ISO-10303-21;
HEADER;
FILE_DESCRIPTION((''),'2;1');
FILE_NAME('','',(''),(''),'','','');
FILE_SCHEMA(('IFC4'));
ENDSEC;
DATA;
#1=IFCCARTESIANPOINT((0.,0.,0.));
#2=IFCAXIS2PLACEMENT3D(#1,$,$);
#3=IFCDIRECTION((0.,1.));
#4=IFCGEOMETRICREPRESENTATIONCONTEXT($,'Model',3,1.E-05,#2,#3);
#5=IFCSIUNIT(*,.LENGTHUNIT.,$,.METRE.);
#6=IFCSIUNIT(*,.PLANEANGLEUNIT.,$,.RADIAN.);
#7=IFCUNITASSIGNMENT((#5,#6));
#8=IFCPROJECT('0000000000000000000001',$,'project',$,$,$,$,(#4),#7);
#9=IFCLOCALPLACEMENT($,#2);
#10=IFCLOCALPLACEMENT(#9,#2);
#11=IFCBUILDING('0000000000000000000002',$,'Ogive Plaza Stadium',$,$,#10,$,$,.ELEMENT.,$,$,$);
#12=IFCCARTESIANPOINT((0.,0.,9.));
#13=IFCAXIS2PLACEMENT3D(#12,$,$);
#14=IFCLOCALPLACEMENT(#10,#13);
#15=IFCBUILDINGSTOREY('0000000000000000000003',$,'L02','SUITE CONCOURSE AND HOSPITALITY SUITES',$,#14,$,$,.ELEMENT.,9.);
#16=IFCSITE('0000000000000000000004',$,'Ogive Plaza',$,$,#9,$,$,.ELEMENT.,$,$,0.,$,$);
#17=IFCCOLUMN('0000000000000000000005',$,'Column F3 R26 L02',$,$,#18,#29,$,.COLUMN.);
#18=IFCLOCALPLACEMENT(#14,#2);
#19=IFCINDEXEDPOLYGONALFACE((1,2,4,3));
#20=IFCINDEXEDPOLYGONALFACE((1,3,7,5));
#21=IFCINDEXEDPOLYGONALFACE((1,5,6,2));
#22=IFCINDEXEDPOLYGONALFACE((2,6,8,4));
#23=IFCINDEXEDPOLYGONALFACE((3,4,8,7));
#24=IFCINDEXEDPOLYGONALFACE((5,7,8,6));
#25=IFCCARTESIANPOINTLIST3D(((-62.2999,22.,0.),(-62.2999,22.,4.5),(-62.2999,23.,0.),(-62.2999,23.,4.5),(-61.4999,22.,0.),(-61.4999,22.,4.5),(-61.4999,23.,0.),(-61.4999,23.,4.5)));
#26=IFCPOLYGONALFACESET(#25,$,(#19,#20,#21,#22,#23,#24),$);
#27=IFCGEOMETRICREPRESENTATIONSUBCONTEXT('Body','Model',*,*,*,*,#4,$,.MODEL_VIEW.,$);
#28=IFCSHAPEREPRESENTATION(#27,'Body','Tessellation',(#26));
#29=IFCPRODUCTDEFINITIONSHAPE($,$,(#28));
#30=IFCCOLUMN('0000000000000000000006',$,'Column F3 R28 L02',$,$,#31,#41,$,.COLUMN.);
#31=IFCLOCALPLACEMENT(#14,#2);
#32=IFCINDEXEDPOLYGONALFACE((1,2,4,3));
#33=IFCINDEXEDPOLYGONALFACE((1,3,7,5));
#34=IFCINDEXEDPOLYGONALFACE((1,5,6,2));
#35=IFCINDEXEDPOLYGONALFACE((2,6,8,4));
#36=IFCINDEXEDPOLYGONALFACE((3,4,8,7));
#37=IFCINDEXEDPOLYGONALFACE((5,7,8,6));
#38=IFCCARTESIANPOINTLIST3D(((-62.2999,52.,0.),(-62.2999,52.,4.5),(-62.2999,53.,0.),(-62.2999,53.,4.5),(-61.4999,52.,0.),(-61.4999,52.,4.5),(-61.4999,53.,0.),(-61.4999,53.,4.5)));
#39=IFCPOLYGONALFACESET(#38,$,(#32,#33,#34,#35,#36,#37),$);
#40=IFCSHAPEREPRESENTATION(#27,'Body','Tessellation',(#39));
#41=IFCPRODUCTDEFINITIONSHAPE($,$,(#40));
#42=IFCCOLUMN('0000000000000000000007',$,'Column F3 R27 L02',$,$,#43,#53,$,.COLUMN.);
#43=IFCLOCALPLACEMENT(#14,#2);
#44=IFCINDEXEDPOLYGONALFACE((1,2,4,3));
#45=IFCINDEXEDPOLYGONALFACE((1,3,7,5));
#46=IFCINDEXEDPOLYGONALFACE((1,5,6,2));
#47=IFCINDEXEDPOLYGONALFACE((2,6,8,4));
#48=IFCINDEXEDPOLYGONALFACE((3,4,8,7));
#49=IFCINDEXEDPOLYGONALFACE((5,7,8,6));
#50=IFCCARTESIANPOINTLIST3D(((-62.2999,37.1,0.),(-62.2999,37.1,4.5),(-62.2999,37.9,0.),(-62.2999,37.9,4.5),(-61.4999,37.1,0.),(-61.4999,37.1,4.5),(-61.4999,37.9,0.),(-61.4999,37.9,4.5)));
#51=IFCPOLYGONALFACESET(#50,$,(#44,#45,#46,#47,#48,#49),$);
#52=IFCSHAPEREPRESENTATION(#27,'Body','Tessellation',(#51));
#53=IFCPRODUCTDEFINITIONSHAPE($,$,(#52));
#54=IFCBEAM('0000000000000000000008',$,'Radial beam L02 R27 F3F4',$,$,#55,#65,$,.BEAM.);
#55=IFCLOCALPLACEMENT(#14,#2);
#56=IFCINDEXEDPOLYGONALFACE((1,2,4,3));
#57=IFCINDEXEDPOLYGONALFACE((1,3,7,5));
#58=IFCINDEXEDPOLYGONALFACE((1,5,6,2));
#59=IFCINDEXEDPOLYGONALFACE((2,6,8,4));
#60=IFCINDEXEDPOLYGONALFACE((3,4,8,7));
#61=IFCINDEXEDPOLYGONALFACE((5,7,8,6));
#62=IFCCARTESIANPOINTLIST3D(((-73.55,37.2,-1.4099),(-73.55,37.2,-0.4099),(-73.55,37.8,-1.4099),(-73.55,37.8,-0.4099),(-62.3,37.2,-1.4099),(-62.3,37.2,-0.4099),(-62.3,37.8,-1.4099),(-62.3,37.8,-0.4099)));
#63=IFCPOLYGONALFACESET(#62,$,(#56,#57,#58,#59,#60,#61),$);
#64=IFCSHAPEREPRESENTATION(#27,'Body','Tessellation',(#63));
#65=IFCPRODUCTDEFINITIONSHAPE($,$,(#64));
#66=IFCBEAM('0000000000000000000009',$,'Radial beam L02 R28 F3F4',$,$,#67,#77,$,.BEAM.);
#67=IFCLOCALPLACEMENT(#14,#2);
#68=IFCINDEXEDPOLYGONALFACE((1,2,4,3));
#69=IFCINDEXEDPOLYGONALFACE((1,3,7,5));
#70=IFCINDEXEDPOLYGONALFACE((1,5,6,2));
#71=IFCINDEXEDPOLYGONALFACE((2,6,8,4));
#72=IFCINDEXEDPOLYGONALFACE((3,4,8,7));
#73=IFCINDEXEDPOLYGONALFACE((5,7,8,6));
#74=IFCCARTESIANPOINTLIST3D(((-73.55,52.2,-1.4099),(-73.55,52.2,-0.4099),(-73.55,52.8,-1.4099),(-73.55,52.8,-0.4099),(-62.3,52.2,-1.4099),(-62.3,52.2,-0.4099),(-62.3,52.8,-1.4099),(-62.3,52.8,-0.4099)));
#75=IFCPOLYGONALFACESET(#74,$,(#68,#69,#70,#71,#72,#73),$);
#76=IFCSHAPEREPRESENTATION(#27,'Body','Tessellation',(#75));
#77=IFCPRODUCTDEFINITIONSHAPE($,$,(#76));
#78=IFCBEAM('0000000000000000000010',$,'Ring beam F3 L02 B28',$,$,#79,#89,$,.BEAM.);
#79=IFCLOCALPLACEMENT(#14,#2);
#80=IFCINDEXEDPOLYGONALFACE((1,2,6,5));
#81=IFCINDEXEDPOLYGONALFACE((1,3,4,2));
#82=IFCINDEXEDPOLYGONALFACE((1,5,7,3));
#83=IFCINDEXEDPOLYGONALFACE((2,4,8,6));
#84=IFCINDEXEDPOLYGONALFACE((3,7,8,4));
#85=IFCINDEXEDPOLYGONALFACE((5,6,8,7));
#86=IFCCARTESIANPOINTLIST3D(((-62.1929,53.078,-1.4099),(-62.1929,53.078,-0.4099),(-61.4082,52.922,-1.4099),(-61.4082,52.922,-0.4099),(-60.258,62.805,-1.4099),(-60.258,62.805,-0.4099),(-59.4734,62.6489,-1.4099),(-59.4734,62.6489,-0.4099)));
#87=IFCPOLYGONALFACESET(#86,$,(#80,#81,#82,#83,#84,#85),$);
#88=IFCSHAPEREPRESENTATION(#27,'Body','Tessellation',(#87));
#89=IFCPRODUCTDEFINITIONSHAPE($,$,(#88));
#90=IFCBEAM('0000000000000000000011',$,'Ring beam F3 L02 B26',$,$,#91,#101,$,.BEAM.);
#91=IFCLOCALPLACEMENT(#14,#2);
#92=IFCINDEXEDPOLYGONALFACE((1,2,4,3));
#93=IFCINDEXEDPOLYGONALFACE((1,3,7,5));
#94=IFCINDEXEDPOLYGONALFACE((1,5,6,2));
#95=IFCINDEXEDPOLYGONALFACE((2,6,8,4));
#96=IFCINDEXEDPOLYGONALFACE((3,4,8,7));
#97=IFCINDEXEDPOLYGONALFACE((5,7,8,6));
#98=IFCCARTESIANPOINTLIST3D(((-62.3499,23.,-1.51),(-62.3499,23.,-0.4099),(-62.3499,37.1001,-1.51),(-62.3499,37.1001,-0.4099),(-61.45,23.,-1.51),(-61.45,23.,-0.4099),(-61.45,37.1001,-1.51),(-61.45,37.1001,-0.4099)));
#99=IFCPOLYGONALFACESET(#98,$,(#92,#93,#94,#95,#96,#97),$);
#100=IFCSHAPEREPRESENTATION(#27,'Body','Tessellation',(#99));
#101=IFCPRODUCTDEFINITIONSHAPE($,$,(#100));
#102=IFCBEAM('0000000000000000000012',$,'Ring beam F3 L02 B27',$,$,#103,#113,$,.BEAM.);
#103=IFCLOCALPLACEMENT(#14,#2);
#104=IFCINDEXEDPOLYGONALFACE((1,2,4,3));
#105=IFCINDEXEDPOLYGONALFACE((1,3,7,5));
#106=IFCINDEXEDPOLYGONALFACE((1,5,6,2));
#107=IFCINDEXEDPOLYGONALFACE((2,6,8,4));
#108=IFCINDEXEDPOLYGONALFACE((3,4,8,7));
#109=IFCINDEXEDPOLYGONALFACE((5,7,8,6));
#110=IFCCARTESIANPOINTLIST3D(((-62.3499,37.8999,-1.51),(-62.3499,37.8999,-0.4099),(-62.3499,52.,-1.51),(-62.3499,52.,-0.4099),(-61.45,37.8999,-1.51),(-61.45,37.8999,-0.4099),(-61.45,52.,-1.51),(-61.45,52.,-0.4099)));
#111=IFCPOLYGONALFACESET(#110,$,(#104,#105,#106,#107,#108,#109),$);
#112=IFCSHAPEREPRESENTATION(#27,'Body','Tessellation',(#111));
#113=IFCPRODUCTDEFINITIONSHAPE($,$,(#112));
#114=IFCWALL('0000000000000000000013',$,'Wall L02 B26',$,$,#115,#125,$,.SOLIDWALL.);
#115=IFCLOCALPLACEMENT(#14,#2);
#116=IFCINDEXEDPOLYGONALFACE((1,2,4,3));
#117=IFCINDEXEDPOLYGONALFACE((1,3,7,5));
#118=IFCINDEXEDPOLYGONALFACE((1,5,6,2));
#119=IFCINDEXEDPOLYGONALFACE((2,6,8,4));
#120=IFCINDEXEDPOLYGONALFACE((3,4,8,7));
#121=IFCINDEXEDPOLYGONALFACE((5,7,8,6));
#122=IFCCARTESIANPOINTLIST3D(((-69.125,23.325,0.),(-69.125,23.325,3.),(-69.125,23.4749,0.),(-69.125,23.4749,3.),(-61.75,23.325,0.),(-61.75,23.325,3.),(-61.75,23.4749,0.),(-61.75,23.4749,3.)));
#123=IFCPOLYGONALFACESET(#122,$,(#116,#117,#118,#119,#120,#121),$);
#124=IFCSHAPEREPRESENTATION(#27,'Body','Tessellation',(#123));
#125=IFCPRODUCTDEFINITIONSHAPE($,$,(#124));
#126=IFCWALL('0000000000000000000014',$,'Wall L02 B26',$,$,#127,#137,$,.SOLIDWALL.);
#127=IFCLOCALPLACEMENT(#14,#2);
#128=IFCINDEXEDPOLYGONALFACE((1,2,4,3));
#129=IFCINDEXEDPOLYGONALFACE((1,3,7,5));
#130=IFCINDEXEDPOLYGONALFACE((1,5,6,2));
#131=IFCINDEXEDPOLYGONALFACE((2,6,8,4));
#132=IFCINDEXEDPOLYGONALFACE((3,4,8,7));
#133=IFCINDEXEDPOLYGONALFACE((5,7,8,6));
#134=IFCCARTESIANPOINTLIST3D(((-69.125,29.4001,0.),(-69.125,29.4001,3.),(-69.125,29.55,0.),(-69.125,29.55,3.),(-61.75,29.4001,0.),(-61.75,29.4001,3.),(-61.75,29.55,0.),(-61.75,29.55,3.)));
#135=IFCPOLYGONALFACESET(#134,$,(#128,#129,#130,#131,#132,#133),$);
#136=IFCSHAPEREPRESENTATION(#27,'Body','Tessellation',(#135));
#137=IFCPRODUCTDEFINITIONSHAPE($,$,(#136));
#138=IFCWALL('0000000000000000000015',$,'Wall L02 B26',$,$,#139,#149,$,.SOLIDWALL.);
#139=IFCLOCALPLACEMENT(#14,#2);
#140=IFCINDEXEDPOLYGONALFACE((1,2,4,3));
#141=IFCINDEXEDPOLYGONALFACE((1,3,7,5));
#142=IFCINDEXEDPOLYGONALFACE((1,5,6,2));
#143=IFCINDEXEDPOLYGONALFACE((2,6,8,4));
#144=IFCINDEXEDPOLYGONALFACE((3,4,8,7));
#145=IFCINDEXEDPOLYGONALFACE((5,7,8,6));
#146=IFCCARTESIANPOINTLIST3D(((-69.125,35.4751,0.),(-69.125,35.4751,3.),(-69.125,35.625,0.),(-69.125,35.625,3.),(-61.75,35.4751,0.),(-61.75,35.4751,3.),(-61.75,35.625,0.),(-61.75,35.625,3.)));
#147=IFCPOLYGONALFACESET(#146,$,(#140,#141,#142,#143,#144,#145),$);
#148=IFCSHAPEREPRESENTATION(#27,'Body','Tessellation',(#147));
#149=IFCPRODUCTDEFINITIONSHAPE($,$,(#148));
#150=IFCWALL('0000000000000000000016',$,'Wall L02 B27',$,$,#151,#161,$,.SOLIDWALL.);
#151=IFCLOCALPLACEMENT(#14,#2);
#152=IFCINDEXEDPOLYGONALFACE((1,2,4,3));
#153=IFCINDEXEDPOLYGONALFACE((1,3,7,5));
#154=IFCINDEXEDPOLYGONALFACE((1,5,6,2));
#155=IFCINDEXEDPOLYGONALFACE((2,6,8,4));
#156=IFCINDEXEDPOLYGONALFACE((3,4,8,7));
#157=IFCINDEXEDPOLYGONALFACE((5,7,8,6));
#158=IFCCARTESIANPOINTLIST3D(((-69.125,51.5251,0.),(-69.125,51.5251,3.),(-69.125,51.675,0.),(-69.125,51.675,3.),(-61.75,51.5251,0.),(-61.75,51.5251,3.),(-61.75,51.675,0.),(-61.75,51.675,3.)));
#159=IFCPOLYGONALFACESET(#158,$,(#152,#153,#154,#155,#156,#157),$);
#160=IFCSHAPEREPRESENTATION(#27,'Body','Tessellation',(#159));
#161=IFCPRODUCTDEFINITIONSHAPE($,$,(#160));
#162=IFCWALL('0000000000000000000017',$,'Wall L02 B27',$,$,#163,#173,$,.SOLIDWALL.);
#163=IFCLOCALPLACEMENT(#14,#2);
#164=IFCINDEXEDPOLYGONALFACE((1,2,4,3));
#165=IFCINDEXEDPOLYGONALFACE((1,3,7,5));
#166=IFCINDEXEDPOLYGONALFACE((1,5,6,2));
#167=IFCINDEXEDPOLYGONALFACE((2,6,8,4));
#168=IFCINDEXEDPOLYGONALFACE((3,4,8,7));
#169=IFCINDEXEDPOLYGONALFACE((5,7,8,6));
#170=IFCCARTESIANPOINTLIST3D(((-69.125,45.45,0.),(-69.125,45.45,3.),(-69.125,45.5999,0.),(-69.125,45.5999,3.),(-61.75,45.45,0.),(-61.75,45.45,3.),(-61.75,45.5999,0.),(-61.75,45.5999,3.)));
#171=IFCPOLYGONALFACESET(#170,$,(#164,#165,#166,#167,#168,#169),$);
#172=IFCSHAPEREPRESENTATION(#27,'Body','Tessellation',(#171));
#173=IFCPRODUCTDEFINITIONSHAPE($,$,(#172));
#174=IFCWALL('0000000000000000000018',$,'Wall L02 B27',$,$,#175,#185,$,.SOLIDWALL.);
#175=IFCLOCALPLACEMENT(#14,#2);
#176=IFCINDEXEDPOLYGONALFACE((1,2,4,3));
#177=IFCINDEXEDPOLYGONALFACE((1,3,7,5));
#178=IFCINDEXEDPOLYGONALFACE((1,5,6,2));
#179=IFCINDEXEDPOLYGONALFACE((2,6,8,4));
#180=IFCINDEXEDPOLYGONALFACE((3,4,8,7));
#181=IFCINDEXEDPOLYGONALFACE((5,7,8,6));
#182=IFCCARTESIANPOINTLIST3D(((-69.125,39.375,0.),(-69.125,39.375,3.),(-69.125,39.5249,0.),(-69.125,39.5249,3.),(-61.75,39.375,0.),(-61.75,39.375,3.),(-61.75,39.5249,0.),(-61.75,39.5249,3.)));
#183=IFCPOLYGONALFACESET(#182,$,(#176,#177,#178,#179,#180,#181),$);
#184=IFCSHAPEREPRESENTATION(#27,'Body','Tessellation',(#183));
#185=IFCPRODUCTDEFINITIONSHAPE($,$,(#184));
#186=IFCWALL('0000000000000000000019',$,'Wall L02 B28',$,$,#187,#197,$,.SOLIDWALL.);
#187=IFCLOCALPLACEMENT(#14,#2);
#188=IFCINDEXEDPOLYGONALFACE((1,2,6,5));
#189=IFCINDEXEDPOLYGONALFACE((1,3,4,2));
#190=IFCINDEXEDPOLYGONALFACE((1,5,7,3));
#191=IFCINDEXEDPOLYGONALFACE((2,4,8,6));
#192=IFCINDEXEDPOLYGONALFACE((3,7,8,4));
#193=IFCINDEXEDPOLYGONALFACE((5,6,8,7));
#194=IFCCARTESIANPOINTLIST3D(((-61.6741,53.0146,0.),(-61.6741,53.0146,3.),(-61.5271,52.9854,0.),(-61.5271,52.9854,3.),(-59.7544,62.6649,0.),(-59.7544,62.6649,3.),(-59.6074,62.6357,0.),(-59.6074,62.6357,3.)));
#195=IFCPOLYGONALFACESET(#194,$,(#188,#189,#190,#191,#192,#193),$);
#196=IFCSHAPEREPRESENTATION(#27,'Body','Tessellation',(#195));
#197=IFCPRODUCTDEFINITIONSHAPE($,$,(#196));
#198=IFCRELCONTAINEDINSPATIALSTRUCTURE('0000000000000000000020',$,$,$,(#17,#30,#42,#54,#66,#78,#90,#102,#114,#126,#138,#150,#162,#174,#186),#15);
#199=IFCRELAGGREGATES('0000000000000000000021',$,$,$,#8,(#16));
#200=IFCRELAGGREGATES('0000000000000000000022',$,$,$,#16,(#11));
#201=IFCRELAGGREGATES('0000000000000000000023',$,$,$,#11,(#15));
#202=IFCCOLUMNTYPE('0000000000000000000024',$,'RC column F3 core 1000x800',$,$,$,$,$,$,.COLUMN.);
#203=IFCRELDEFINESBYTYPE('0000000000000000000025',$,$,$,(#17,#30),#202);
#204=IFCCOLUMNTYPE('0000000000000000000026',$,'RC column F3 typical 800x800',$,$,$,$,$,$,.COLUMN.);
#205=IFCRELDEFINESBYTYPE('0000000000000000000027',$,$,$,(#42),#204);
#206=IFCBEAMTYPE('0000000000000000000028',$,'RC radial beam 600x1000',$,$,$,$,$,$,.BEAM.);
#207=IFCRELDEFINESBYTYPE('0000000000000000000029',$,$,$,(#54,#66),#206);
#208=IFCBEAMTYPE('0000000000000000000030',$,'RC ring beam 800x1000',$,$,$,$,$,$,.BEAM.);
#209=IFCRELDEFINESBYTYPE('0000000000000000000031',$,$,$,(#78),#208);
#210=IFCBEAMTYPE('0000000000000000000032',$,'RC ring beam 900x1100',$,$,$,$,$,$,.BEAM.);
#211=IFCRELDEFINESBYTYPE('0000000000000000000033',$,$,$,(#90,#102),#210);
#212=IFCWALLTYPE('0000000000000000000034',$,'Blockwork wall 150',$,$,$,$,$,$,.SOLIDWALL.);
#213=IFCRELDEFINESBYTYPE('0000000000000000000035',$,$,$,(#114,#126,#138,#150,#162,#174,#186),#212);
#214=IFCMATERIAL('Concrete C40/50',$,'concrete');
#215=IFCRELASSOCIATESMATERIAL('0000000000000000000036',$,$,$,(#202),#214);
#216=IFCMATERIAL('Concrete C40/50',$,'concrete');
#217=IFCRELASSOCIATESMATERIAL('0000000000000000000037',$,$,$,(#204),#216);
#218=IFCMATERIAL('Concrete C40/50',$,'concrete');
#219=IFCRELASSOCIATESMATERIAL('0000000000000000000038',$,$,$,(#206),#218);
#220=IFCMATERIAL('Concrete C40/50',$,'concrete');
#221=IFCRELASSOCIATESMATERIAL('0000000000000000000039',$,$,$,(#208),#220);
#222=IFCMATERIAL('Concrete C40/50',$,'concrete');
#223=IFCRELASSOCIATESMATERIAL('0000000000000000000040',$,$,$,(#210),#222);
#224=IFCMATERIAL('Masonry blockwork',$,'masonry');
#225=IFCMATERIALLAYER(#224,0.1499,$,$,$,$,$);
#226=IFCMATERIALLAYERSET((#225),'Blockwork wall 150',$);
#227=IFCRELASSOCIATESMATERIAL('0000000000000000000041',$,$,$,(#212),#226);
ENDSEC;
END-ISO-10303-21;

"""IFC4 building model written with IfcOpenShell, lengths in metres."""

from ifc_helpers import new_model, si_unit, direction, frame, frame_2d, origin, origin_2d, place, context, subcontext, project, spatial, rectangle, extrude, material, layer, layer_set, material_profile, profile_set, type_object, element, save


model = new_model("IFC4")

# Units and contexts
model_context = context("Model", 3, precision=1e-05, world=origin(), true_north=direction((0.0, 1.0)))
body_context = subcontext(model_context, "Body", "Model", "MODEL_VIEW")
ifc_project = project(units=[si_unit("LENGTHUNIT", "METRE"), si_unit("PLANEANGLEUNIT", "RADIAN")], contexts=[model_context])

# Site, building, storey
site_placement = place(None, origin())
site = spatial("IfcSite", under=ifc_project, at=site_placement, Name="Ogive Plaza", CompositionType="ELEMENT", RefElevation=0.0)
building_placement = place(site_placement, origin())
building = spatial("IfcBuilding", under=site, at=building_placement, Name="Ogive Plaza Stadium", CompositionType="ELEMENT")
storey_placement = place(building_placement, frame((0.0, 0.0, 9.0)))
storey = spatial("IfcBuildingStorey", under=building, at=storey_placement, Name="L02", Description="SUITE CONCOURSE AND HOSPITALITY SUITES", CompositionType="ELEMENT", Elevation=9.0)

# Columns
ifc_material_1 = material(Name="Concrete C40/50", Category="concrete")
ifc_material_profile_1 = material_profile(ifc_material_1, rectangle(XDim=1.0, YDim=0.8, at=origin_2d()), Name="RC 1000x800")
ifc_profile_set_1 = profile_set([ifc_material_profile_1], Name="Concrete C40/50")
column_type_1 = type_object("IfcColumnType", Name="RC column F3 core 1000x800", PredefinedType="COLUMN", material=ifc_profile_set_1)
for number, where, z_axis, x_axis, name in (
    (1, (-61.8999, 22.5, 0.0), (0.0, 0.0, 1.0), (0.0, -1.0, 0.0), "Column F3 R26 L02"),
    (2, (-61.8999, 52.5, 0.0), (0.0, 0.0, 1.0), (0.0, -1.0, 0.0), "Column F3 R28 L02"),
):
    element("IfcColumn", number, at=place(storey_placement, frame(where, z_axis=z_axis, x_axis=x_axis)), inside=storey, type_object=column_type_1, Name=name, PredefinedType="COLUMN", context=body_context, shape_type="SweptSolid", body=[
        extrude(rectangle(XDim=1.0, YDim=0.8, at=origin_2d()), origin(), (0.0, 0.0, 1.0), 4.5),
    ])
ifc_material_2 = material(Name="Concrete C40/50", Category="concrete")
ifc_material_profile_2 = material_profile(ifc_material_2, rectangle(XDim=0.8, YDim=0.8, at=origin_2d()), Name="RC 800x800")
ifc_profile_set_2 = profile_set([ifc_material_profile_2], Name="Concrete C40/50")
column_type_2 = type_object("IfcColumnType", Name="RC column F3 typical 800x800", PredefinedType="COLUMN", material=ifc_profile_set_2)
column_placement = place(storey_placement, frame((-61.8999, 37.5, 0.0), z_axis=(0.0, 0.0, 1.0), x_axis=(0.0, -1.0, 0.0)))
element("IfcColumn", 3, at=column_placement, inside=storey, type_object=column_type_2, Name="Column F3 R27 L02", PredefinedType="COLUMN", context=body_context, shape_type="SweptSolid", body=[
    extrude(rectangle(XDim=0.8, YDim=0.8, at=origin_2d()), origin(), (0.0, 0.0, 1.0), 4.5),
])

# Beams
ifc_material_3 = material(Name="Concrete C40/50", Category="concrete")
ifc_material_profile_3 = material_profile(ifc_material_3, rectangle(XDim=0.6001, YDim=1.0, at=origin_2d()), Name="RC 600x1000")
ifc_profile_set_3 = profile_set([ifc_material_profile_3], Name="Concrete C40/50")
beam_type_1 = type_object("IfcBeamType", Name="RC radial beam 600x1000", PredefinedType="BEAM", material=ifc_profile_set_3)
for number, where, z_axis, x_axis, name in (
    (4, (-62.3, 37.5, -0.9099), (-1.0, 0.0, 0.0), (0.0, -1.0, 0.0), "Radial beam L02 R27 F3F4"),
    (5, (-62.3, 52.5, -0.9099), (-1.0, 0.0, 0.0), (0.0, -1.0, 0.0), "Radial beam L02 R28 F3F4"),
):
    element("IfcBeam", number, at=place(storey_placement, frame(where, z_axis=z_axis, x_axis=x_axis)), inside=storey, type_object=beam_type_1, Name=name, PredefinedType="BEAM", context=body_context, shape_type="SweptSolid", body=[
        extrude(rectangle(XDim=0.6001, YDim=1.0, at=origin_2d()), origin(), (0.0, 0.0, 1.0), 11.25),
    ])
ifc_material_4 = material(Name="Concrete C40/50", Category="concrete")
ifc_material_profile_4 = material_profile(ifc_material_4, rectangle(XDim=0.8, YDim=1.0, at=origin_2d()), Name="RC 800x1000")
ifc_profile_set_4 = profile_set([ifc_material_profile_4], Name="Concrete C40/50")
beam_type_2 = type_object("IfcBeamType", Name="RC ring beam 800x1000", PredefinedType="BEAM", material=ifc_profile_set_4)
beam_placement = place(storey_placement, frame((-61.8005, 53.0, -0.9099), z_axis=(0.195093, 0.980785, 0.0), x_axis=(-0.980785, 0.195093, 0.0)))
element("IfcBeam", 6, at=beam_placement, inside=storey, type_object=beam_type_2, Name="Ring beam F3 L02 B28", PredefinedType="BEAM", context=body_context, shape_type="SweptSolid", body=[
    extrude(rectangle(XDim=0.8, YDim=1.0, at=origin_2d()), origin(), (0.0, 0.0, 1.0), 9.9175),
])
ifc_material_5 = material(Name="Concrete C40/50", Category="concrete")
ifc_material_profile_5 = material_profile(ifc_material_5, rectangle(XDim=0.8999, YDim=1.1001, at=origin_2d()), Name="RC 900x1100")
ifc_profile_set_5 = profile_set([ifc_material_profile_5], Name="Concrete C40/50")
beam_type_3 = type_object("IfcBeamType", Name="RC ring beam 900x1100", PredefinedType="BEAM", material=ifc_profile_set_5)
for number, where, z_axis, x_axis, name in (
    (7, (-61.8999, 23.0, -0.96), (0.0, 1.0, 0.0), (-1.0, 0.0, 0.0), "Ring beam F3 L02 B26"),
    (8, (-61.8999, 37.8999, -0.96), (0.0, 1.0, 0.0), (-1.0, 0.0, 0.0), "Ring beam F3 L02 B27"),
):
    element("IfcBeam", number, at=place(storey_placement, frame(where, z_axis=z_axis, x_axis=x_axis)), inside=storey, type_object=beam_type_3, Name=name, PredefinedType="BEAM", context=body_context, shape_type="SweptSolid", body=[
        extrude(rectangle(XDim=0.8999, YDim=1.1001, at=origin_2d()), origin(), (0.0, 0.0, 1.0), 14.1001),
    ])

# Walls
ifc_material_6 = material(Name="Masonry blockwork", Category="masonry")
ifc_layer_1 = layer(ifc_material_6, 0.1499)
ifc_layer_set_1 = layer_set([ifc_layer_1], Name="Blockwork wall 150")
wall_type_1 = type_object("IfcWallType", Name="Blockwork wall 150", PredefinedType="SOLIDWALL", material=ifc_layer_set_1)
for number, where, z_axis, x_axis, name in (
    (9, (-61.75, 23.3999, 0.0), (0.0, 0.0, 1.0), (-1.0, 0.0, 0.0), "Wall L02 B26"),
    (10, (-61.75, 29.4751, 0.0), (0.0, 0.0, 1.0), (-1.0, 0.0, 0.0), "Wall L02 B26"),
    (11, (-61.75, 35.55, 0.0), (0.0, 0.0, 1.0), (-1.0, 0.0, 0.0), "Wall L02 B26"),
    (12, (-61.75, 51.6001, 0.0), (0.0, 0.0, 1.0), (-1.0, 0.0, 0.0), "Wall L02 B27"),
    (13, (-61.75, 45.5249, 0.0), (0.0, 0.0, 1.0), (-1.0, 0.0, 0.0), "Wall L02 B27"),
    (14, (-61.75, 39.45, 0.0), (0.0, 0.0, 1.0), (-1.0, 0.0, 0.0), "Wall L02 B27"),
):
    element("IfcWall", number, at=place(storey_placement, frame(where, z_axis=z_axis, x_axis=x_axis)), inside=storey, type_object=wall_type_1, Name=name, PredefinedType="SOLIDWALL", context=body_context, shape_type="SweptSolid", body=[
        extrude(rectangle(XDim=7.375, YDim=0.1499, at=frame_2d((3.6875, 0.0))), origin(), (0.0, 0.0, 1.0), 3.0),
    ])
wall_1_placement = place(storey_placement, frame((-61.6006, 53.0, 0.0), z_axis=(0.0, 0.0, 1.0), x_axis=(0.1951, 0.980783, 0.0)))
element("IfcWall", 15, at=wall_1_placement, inside=storey, type_object=wall_type_1, Name="Wall L02 B28", PredefinedType="SOLIDWALL", context=body_context, shape_type="SweptSolid", body=[
    extrude(rectangle(XDim=9.8394, YDim=0.1499, at=frame_2d((4.9197, 0.0))), origin(), (0.0, 0.0, 1.0), 3.0),
])

save(model, "model.ifc")
